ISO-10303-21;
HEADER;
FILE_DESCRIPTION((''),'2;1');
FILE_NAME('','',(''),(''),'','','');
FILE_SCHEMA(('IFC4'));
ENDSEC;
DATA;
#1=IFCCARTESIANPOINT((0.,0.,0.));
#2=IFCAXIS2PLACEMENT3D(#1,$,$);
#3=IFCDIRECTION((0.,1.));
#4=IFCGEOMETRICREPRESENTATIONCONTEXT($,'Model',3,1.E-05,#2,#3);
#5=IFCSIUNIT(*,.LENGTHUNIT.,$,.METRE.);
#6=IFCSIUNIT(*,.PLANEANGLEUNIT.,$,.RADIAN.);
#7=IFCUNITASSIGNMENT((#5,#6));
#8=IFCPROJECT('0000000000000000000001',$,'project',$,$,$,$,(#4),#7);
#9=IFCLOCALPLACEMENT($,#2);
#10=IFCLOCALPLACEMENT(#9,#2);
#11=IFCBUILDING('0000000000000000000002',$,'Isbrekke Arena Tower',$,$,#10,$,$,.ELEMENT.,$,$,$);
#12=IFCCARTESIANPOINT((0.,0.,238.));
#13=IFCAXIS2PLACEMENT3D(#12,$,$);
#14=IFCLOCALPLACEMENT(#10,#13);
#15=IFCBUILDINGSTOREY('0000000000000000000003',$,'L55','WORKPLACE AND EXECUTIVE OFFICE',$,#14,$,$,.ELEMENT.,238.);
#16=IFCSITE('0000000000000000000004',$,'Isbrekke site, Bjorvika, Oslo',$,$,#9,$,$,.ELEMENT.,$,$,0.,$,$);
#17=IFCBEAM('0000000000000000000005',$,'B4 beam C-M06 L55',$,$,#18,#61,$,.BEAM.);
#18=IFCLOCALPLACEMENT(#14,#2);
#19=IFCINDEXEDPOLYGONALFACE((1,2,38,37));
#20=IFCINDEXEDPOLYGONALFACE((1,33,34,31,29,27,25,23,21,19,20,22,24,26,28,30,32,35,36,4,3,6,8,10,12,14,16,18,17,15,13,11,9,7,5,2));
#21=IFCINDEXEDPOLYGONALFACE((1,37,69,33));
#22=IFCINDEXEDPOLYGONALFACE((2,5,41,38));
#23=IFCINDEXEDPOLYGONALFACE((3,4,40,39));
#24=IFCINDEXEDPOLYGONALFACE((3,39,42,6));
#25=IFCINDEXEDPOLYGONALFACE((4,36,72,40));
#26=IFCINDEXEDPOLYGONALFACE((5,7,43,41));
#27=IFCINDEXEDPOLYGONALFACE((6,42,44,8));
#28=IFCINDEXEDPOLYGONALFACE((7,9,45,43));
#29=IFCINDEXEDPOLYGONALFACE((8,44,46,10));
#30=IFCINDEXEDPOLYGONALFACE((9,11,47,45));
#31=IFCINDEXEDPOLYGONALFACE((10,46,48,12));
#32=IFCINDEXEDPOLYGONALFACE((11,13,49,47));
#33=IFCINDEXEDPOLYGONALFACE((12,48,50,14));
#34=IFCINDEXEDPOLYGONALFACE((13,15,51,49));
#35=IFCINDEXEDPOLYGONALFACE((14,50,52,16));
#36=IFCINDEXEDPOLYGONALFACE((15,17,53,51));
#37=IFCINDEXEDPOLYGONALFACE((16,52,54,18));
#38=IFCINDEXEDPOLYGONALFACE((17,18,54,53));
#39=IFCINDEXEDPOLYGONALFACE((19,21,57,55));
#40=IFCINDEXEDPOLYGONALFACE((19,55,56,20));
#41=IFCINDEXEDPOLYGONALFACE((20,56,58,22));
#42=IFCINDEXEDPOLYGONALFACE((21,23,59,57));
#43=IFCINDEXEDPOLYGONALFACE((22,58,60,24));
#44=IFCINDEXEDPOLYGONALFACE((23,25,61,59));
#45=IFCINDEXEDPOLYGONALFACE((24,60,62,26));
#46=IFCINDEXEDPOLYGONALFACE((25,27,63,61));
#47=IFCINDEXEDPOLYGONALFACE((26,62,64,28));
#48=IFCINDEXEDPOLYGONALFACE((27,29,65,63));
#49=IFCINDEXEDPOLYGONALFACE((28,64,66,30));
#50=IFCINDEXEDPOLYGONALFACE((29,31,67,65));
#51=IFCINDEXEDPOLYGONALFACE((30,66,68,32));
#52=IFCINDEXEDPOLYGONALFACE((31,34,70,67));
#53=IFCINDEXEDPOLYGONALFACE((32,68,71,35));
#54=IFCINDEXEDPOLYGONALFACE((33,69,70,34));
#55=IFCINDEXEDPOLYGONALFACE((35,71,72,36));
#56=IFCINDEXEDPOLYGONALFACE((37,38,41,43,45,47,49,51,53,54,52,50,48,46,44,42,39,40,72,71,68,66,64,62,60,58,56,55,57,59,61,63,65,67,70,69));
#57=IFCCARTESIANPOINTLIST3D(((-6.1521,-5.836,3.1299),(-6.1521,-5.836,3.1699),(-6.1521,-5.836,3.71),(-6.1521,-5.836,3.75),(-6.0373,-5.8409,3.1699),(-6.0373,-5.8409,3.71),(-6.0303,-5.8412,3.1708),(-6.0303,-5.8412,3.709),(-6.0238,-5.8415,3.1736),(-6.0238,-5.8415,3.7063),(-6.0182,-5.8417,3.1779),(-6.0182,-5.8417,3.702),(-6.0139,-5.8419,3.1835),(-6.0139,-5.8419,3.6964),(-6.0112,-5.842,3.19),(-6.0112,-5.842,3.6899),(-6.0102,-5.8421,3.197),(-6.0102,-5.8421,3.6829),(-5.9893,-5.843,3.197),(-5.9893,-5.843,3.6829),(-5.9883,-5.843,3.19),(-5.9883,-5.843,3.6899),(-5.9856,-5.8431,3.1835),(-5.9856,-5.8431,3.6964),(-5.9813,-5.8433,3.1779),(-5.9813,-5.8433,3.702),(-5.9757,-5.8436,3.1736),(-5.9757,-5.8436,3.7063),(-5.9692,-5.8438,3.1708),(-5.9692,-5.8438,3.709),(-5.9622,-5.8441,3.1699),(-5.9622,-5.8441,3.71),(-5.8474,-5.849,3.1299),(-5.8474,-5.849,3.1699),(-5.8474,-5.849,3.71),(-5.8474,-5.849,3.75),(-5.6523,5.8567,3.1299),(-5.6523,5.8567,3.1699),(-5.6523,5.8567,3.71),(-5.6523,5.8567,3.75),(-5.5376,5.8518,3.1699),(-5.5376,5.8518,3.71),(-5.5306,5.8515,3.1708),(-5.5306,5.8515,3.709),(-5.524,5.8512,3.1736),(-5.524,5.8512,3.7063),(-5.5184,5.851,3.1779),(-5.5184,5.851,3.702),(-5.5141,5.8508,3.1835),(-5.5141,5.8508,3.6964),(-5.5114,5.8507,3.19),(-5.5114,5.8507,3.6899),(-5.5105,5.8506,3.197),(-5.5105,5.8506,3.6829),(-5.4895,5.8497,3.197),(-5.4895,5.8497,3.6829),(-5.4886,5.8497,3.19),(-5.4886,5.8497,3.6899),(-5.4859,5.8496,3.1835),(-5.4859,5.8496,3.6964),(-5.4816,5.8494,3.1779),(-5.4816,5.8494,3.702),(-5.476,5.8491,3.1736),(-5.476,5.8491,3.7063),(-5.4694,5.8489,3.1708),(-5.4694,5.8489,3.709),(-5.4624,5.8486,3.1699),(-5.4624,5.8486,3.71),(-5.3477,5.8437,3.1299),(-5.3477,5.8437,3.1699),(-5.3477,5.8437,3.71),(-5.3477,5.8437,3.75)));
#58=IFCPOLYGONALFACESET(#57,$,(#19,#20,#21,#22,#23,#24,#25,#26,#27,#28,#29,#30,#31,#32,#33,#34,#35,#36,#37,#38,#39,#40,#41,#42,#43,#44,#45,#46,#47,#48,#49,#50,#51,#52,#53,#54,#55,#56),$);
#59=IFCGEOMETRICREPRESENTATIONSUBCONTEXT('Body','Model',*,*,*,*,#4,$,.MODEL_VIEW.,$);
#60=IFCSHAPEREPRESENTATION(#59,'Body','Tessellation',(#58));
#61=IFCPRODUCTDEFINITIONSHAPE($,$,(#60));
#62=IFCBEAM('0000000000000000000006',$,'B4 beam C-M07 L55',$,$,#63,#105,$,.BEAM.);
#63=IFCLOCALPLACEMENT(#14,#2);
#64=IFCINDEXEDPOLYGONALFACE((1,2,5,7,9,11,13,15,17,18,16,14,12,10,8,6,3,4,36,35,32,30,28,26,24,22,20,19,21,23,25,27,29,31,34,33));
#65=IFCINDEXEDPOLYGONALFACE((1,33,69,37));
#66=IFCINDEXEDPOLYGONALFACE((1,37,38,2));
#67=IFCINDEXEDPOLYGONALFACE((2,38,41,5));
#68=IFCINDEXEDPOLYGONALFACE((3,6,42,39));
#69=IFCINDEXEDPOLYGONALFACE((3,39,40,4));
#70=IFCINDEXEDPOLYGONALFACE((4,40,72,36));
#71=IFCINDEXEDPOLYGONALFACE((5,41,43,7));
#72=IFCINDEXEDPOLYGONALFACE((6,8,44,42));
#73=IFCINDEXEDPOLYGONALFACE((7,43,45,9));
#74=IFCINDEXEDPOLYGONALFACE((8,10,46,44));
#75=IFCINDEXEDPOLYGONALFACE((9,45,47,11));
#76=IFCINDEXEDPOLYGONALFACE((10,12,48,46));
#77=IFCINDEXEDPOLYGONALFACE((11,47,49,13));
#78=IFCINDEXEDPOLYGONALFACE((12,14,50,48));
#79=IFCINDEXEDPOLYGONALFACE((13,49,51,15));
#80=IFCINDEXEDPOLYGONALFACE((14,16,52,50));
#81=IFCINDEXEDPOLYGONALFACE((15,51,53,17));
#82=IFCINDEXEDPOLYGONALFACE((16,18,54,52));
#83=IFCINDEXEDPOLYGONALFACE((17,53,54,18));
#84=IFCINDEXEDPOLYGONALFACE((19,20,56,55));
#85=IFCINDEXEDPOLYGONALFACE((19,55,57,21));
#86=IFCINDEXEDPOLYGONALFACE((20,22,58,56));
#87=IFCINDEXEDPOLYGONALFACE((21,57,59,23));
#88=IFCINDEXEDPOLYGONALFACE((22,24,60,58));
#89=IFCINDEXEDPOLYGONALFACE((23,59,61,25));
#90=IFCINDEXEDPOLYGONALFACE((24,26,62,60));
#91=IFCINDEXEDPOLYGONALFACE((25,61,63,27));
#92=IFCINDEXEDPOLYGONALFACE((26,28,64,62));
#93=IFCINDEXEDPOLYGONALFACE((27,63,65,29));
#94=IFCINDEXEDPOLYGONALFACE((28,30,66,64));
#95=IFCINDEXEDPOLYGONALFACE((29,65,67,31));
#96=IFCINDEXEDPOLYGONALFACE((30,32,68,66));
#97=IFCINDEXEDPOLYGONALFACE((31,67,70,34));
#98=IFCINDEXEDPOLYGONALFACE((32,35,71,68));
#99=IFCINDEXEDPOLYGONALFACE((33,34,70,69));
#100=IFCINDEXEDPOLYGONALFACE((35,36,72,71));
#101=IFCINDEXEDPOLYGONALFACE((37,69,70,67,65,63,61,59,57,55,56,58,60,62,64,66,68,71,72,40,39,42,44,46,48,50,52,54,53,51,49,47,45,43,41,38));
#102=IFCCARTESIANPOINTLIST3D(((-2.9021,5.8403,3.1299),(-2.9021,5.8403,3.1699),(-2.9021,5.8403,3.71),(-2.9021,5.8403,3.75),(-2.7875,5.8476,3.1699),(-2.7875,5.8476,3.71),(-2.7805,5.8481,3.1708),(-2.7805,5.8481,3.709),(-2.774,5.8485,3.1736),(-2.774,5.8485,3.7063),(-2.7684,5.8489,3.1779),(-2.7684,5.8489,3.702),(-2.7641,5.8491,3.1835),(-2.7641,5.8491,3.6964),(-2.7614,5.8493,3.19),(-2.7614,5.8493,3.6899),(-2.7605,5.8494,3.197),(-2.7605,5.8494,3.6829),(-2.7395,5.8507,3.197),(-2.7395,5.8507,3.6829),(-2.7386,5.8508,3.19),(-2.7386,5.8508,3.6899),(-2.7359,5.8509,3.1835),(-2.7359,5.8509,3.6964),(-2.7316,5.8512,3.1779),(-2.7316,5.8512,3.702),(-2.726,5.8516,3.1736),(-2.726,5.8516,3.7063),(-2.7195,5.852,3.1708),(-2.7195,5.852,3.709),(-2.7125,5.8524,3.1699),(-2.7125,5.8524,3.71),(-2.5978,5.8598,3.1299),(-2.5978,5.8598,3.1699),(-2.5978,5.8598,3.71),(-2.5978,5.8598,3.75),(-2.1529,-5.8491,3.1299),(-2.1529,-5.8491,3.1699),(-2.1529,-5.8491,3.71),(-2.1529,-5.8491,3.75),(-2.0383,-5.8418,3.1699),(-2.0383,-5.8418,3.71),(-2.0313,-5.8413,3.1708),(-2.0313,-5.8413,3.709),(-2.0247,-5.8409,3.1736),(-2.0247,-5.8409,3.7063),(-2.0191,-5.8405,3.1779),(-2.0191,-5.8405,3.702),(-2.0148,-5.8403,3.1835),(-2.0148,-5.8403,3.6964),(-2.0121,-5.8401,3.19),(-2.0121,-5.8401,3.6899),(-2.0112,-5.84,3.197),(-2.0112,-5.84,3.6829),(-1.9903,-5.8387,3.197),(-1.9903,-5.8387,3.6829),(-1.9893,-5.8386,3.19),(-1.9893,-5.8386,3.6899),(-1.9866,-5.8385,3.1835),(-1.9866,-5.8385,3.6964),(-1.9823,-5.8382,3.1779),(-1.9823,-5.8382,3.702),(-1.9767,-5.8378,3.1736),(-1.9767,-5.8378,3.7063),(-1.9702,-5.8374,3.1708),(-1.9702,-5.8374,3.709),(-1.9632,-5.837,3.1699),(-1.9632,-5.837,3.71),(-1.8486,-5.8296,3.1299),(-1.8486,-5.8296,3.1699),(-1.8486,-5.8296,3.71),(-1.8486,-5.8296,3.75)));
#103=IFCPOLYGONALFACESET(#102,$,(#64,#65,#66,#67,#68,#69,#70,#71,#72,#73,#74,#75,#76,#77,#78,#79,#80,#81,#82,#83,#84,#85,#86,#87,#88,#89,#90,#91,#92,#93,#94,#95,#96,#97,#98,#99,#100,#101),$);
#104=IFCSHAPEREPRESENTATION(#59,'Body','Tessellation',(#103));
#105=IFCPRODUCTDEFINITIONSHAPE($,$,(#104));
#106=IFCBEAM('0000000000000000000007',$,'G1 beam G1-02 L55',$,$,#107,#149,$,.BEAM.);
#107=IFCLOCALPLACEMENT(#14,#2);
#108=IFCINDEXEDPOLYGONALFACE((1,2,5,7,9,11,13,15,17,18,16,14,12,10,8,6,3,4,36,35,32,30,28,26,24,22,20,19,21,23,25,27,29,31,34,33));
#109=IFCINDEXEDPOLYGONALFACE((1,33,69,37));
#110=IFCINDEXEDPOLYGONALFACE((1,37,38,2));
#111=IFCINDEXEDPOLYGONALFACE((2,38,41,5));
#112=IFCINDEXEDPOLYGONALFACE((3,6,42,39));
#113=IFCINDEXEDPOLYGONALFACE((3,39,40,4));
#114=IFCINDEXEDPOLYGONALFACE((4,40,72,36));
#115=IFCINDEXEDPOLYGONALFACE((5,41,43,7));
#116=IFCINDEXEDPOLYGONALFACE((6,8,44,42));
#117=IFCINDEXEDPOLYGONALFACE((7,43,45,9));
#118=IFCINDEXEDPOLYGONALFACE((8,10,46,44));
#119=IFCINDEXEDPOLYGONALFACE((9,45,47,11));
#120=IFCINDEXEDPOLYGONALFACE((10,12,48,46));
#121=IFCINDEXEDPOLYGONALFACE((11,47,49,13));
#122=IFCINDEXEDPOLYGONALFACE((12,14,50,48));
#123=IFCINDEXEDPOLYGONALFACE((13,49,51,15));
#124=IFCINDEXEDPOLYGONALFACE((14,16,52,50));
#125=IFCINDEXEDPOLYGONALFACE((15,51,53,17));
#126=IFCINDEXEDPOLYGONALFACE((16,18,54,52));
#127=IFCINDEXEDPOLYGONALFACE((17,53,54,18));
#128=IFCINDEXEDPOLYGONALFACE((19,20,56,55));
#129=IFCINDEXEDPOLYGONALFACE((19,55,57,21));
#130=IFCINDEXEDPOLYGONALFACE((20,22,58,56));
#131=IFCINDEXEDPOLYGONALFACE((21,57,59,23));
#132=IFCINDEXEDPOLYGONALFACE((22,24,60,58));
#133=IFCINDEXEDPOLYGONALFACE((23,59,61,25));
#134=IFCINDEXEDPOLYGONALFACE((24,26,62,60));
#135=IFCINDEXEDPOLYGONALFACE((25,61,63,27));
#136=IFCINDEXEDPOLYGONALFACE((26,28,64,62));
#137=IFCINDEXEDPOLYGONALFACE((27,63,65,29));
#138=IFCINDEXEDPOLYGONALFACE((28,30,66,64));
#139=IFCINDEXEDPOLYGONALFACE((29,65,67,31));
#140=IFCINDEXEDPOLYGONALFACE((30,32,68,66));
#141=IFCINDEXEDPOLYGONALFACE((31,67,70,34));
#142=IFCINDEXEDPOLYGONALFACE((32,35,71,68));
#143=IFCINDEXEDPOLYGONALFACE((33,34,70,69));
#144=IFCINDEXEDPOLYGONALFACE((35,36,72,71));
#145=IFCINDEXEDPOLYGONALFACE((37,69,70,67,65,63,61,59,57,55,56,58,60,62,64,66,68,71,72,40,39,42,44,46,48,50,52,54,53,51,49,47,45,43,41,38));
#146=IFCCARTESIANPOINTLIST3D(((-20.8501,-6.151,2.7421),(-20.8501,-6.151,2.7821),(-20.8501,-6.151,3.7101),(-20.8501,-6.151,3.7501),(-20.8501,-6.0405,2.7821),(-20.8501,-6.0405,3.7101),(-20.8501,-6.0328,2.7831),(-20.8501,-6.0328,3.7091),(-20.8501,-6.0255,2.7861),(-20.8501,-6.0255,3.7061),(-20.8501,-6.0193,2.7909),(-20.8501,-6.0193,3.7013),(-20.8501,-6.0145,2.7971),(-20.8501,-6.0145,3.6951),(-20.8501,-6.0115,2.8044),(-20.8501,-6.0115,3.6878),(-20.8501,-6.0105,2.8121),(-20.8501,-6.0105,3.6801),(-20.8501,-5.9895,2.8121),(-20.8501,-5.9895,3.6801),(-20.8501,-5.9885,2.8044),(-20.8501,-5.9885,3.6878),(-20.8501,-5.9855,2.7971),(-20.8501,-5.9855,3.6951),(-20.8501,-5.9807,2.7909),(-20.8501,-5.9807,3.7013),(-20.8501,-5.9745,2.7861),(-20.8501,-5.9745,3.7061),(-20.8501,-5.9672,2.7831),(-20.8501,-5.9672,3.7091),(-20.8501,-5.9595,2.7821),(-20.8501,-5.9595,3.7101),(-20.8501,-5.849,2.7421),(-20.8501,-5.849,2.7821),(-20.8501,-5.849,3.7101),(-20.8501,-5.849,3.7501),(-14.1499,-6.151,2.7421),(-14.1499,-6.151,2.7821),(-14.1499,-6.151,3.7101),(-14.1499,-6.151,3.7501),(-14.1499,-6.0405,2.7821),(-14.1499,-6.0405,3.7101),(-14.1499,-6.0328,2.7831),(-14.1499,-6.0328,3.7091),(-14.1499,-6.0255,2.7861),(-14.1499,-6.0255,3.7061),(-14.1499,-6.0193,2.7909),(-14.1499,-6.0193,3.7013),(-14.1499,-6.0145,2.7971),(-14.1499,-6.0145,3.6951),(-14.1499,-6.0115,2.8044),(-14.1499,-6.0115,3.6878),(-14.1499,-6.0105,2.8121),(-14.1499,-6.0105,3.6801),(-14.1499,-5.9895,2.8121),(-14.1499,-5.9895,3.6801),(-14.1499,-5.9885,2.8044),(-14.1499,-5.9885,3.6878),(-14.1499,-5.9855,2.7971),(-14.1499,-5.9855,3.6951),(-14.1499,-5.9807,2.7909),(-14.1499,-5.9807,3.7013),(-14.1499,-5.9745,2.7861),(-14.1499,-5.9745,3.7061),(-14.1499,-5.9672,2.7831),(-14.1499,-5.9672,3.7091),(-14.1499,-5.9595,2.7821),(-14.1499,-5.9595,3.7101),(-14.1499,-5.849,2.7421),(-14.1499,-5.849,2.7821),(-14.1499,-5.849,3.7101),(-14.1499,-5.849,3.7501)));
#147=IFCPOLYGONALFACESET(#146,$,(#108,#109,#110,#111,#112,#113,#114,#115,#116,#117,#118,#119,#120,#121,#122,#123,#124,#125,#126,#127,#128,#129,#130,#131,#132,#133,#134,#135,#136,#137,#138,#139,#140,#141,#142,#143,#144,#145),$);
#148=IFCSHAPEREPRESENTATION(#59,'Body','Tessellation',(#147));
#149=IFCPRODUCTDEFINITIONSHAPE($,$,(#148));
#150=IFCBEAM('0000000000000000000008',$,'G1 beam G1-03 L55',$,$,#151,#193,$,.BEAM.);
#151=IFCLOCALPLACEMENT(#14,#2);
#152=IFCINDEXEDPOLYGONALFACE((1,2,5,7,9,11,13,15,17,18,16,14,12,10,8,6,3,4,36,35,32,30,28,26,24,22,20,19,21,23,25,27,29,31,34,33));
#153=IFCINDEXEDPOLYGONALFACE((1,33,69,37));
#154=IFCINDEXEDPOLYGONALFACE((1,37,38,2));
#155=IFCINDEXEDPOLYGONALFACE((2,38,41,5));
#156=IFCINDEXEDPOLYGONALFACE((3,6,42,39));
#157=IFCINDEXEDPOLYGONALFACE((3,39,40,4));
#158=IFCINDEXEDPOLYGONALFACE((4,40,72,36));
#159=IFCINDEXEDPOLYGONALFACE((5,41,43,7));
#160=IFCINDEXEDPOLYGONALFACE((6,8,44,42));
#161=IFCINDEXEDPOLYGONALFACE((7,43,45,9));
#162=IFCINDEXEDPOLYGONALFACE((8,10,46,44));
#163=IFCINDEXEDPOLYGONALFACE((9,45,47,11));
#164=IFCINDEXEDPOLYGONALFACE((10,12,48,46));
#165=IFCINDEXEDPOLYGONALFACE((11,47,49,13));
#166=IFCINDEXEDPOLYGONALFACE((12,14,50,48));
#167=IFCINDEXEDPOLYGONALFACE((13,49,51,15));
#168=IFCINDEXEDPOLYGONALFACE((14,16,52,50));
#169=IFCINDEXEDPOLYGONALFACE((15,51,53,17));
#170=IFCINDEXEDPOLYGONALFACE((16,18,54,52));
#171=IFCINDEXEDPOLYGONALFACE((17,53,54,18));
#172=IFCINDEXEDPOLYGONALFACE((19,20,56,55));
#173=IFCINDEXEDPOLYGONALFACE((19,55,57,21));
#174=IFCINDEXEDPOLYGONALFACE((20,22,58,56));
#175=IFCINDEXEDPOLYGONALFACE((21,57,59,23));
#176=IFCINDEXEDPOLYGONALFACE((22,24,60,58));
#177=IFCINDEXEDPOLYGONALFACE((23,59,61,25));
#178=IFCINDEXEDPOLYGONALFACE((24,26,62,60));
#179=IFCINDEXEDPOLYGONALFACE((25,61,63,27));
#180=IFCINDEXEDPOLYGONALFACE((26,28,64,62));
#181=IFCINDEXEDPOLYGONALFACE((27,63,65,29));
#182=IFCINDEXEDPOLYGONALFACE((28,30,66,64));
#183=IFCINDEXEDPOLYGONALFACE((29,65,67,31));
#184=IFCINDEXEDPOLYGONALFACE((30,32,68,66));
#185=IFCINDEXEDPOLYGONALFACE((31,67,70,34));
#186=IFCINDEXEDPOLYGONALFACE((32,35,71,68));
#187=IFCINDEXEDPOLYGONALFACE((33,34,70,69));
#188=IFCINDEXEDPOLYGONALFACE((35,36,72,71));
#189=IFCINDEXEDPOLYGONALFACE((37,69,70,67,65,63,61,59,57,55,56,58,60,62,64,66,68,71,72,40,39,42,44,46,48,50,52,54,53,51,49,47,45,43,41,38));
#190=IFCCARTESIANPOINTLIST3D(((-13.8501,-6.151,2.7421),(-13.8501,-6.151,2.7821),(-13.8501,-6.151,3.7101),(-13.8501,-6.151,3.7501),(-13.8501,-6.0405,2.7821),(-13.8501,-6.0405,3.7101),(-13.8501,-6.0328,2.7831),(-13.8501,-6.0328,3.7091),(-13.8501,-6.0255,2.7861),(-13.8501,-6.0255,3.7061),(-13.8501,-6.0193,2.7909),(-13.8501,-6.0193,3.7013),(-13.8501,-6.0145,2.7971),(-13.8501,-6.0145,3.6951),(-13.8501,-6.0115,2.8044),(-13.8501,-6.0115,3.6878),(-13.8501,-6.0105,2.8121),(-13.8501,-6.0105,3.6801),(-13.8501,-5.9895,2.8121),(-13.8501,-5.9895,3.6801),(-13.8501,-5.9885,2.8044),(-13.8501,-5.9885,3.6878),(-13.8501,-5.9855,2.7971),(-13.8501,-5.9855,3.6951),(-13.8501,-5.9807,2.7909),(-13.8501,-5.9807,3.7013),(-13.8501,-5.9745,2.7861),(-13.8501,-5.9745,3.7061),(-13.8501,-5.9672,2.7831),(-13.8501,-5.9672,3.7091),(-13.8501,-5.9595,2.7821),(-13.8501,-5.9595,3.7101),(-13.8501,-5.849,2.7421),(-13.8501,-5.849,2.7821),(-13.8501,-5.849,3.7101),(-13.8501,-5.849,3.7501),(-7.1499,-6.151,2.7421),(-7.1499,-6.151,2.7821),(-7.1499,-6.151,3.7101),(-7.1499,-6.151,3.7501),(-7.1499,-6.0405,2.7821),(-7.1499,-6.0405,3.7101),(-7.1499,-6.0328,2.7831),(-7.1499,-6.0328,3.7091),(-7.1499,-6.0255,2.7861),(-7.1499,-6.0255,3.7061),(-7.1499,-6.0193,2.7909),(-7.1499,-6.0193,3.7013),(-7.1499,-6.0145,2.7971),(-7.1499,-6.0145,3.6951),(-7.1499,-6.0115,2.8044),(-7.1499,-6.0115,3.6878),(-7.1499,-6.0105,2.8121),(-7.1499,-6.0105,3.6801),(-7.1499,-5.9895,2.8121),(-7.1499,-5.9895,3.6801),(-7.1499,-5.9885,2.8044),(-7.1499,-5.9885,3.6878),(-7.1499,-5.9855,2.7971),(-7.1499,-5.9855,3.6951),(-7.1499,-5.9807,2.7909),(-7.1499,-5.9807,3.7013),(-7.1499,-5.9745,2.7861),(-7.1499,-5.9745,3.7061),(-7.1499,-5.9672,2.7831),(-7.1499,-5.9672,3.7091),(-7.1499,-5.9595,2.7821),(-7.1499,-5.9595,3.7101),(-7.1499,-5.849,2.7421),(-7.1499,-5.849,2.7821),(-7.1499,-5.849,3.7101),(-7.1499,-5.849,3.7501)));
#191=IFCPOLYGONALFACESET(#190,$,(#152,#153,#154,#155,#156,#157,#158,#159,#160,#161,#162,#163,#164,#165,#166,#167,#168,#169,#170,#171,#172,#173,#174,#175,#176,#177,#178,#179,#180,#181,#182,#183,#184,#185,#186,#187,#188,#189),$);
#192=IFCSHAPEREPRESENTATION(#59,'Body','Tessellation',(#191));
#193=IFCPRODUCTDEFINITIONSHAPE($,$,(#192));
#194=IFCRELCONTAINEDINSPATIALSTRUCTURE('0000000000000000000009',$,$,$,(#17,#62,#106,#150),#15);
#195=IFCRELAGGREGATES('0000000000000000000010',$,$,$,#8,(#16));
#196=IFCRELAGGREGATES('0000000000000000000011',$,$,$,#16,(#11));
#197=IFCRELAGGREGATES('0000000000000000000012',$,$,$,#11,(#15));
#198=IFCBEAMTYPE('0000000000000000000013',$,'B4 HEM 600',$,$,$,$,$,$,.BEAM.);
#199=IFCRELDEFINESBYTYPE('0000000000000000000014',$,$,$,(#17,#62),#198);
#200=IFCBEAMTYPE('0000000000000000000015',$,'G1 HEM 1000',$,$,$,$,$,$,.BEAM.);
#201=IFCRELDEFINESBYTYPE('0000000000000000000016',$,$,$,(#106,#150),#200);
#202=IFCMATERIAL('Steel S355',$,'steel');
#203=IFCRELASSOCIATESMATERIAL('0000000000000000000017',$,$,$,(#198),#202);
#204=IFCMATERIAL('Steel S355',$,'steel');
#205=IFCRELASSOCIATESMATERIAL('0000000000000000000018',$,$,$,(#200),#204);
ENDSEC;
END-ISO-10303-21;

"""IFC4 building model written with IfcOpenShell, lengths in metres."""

from ifc_helpers import new_model, si_unit, direction, frame, origin, origin_2d, place, context, subcontext, project, spatial, i_section, extrude, material, material_profile, profile_set, type_object, element, save


model = new_model("IFC4")

# Units and contexts
model_context = context("Model", 3, precision=1e-05, world=origin(), true_north=direction((0.0, 1.0)))
body_context = subcontext(model_context, "Body", "Model", "MODEL_VIEW")
ifc_project = project(units=[si_unit("LENGTHUNIT", "METRE"), si_unit("PLANEANGLEUNIT", "RADIAN")], contexts=[model_context])

# Site, building, storey
site_placement = place(None, origin())
site = spatial("IfcSite", under=ifc_project, at=site_placement, Name="Isbrekke site, Bjorvika, Oslo", CompositionType="ELEMENT", RefElevation=0.0)
building_placement = place(site_placement, origin())
building = spatial("IfcBuilding", under=site, at=building_placement, Name="Isbrekke Arena Tower", CompositionType="ELEMENT")
storey_placement = place(building_placement, frame((0.0, 0.0, 238.0)))
storey = spatial("IfcBuildingStorey", under=building, at=storey_placement, Name="L55", Description="WORKPLACE AND EXECUTIVE OFFICE", CompositionType="ELEMENT", Elevation=238.0)

# Beams
ifc_material_1 = material(Name="Steel S355", Category="steel")
ifc_material_profile_1 = material_profile(ifc_material_1, i_section(OverallWidth=0.3049, OverallDepth=0.6201, WebThickness=0.021, FlangeThickness=0.04, FilletRadius=0.0271, at=origin_2d()), Name="HEM 600")
ifc_profile_set_1 = profile_set([ifc_material_profile_1], Name="Steel S355")
beam_type_1 = type_object("IfcBeamType", Name="B4 HEM 600", PredefinedType="BEAM", material=ifc_profile_set_1)
beam_1_placement = place(storey_placement, frame((-5.9998, -5.8425, 3.4399), z_axis=(0.042702, 0.999088, 0.0), x_axis=(-0.999088, 0.042702, 0.0)))
element("IfcBeam", 1, at=beam_1_placement, inside=storey, type_object=beam_type_1, Name="B4 beam C-M06 L55", PredefinedType="BEAM", context=body_context, shape_type="SweptSolid", body=[
    extrude(i_section(OverallWidth=0.3049, OverallDepth=0.6201, WebThickness=0.021, FlangeThickness=0.04, FilletRadius=0.0271, at=origin_2d()), origin(), (0.0, 0.0, 1.0), 11.7034),
])
beam_2_placement = place(storey_placement, frame((-2.0007, -5.8394, 3.4399), z_axis=(-0.063966, 0.997952, 0.0), x_axis=(-0.997952, -0.063966, 0.0)))
element("IfcBeam", 2, at=beam_2_placement, inside=storey, type_object=beam_type_1, Name="B4 beam C-M07 L55", PredefinedType="BEAM", context=body_context, shape_type="SweptSolid", body=[
    extrude(i_section(OverallWidth=0.3049, OverallDepth=0.6201, WebThickness=0.021, FlangeThickness=0.04, FilletRadius=0.0271, at=origin_2d()), origin(), (0.0, 0.0, 1.0), 11.7134),
])
ifc_material_2 = material(Name="Steel S355", Category="steel")
ifc_material_profile_2 = material_profile(ifc_material_2, i_section(OverallWidth=0.302, OverallDepth=1.0081, WebThickness=0.021, FlangeThickness=0.04, FilletRadius=0.03, at=origin_2d()), Name="HEM 1000")
ifc_profile_set_2 = profile_set([ifc_material_profile_2], Name="Steel S355")
beam_type_2 = type_object("IfcBeamType", Name="G1 HEM 1000", PredefinedType="BEAM", material=ifc_profile_set_2)
for number, where, z_axis, x_axis, name in (
    (3, (-20.8501, -6.0, 3.2461), (1.0, 0.0, 0.0), (0.0, 1.0, 0.0), "G1 beam G1-02 L55"),
    (4, (-13.8501, -6.0, 3.2461), (1.0, 0.0, 0.0), (0.0, 1.0, 0.0), "G1 beam G1-03 L55"),
):
    element("IfcBeam", number, at=place(storey_placement, frame(where, z_axis=z_axis, x_axis=x_axis)), inside=storey, type_object=beam_type_2, Name=name, PredefinedType="BEAM", context=body_context, shape_type="SweptSolid", body=[
        extrude(i_section(OverallWidth=0.302, OverallDepth=1.0081, WebThickness=0.021, FlangeThickness=0.04, FilletRadius=0.03, at=origin_2d()), origin(), (0.0, 0.0, 1.0), 6.7002),
    ])

save(model, "model.ifc")
